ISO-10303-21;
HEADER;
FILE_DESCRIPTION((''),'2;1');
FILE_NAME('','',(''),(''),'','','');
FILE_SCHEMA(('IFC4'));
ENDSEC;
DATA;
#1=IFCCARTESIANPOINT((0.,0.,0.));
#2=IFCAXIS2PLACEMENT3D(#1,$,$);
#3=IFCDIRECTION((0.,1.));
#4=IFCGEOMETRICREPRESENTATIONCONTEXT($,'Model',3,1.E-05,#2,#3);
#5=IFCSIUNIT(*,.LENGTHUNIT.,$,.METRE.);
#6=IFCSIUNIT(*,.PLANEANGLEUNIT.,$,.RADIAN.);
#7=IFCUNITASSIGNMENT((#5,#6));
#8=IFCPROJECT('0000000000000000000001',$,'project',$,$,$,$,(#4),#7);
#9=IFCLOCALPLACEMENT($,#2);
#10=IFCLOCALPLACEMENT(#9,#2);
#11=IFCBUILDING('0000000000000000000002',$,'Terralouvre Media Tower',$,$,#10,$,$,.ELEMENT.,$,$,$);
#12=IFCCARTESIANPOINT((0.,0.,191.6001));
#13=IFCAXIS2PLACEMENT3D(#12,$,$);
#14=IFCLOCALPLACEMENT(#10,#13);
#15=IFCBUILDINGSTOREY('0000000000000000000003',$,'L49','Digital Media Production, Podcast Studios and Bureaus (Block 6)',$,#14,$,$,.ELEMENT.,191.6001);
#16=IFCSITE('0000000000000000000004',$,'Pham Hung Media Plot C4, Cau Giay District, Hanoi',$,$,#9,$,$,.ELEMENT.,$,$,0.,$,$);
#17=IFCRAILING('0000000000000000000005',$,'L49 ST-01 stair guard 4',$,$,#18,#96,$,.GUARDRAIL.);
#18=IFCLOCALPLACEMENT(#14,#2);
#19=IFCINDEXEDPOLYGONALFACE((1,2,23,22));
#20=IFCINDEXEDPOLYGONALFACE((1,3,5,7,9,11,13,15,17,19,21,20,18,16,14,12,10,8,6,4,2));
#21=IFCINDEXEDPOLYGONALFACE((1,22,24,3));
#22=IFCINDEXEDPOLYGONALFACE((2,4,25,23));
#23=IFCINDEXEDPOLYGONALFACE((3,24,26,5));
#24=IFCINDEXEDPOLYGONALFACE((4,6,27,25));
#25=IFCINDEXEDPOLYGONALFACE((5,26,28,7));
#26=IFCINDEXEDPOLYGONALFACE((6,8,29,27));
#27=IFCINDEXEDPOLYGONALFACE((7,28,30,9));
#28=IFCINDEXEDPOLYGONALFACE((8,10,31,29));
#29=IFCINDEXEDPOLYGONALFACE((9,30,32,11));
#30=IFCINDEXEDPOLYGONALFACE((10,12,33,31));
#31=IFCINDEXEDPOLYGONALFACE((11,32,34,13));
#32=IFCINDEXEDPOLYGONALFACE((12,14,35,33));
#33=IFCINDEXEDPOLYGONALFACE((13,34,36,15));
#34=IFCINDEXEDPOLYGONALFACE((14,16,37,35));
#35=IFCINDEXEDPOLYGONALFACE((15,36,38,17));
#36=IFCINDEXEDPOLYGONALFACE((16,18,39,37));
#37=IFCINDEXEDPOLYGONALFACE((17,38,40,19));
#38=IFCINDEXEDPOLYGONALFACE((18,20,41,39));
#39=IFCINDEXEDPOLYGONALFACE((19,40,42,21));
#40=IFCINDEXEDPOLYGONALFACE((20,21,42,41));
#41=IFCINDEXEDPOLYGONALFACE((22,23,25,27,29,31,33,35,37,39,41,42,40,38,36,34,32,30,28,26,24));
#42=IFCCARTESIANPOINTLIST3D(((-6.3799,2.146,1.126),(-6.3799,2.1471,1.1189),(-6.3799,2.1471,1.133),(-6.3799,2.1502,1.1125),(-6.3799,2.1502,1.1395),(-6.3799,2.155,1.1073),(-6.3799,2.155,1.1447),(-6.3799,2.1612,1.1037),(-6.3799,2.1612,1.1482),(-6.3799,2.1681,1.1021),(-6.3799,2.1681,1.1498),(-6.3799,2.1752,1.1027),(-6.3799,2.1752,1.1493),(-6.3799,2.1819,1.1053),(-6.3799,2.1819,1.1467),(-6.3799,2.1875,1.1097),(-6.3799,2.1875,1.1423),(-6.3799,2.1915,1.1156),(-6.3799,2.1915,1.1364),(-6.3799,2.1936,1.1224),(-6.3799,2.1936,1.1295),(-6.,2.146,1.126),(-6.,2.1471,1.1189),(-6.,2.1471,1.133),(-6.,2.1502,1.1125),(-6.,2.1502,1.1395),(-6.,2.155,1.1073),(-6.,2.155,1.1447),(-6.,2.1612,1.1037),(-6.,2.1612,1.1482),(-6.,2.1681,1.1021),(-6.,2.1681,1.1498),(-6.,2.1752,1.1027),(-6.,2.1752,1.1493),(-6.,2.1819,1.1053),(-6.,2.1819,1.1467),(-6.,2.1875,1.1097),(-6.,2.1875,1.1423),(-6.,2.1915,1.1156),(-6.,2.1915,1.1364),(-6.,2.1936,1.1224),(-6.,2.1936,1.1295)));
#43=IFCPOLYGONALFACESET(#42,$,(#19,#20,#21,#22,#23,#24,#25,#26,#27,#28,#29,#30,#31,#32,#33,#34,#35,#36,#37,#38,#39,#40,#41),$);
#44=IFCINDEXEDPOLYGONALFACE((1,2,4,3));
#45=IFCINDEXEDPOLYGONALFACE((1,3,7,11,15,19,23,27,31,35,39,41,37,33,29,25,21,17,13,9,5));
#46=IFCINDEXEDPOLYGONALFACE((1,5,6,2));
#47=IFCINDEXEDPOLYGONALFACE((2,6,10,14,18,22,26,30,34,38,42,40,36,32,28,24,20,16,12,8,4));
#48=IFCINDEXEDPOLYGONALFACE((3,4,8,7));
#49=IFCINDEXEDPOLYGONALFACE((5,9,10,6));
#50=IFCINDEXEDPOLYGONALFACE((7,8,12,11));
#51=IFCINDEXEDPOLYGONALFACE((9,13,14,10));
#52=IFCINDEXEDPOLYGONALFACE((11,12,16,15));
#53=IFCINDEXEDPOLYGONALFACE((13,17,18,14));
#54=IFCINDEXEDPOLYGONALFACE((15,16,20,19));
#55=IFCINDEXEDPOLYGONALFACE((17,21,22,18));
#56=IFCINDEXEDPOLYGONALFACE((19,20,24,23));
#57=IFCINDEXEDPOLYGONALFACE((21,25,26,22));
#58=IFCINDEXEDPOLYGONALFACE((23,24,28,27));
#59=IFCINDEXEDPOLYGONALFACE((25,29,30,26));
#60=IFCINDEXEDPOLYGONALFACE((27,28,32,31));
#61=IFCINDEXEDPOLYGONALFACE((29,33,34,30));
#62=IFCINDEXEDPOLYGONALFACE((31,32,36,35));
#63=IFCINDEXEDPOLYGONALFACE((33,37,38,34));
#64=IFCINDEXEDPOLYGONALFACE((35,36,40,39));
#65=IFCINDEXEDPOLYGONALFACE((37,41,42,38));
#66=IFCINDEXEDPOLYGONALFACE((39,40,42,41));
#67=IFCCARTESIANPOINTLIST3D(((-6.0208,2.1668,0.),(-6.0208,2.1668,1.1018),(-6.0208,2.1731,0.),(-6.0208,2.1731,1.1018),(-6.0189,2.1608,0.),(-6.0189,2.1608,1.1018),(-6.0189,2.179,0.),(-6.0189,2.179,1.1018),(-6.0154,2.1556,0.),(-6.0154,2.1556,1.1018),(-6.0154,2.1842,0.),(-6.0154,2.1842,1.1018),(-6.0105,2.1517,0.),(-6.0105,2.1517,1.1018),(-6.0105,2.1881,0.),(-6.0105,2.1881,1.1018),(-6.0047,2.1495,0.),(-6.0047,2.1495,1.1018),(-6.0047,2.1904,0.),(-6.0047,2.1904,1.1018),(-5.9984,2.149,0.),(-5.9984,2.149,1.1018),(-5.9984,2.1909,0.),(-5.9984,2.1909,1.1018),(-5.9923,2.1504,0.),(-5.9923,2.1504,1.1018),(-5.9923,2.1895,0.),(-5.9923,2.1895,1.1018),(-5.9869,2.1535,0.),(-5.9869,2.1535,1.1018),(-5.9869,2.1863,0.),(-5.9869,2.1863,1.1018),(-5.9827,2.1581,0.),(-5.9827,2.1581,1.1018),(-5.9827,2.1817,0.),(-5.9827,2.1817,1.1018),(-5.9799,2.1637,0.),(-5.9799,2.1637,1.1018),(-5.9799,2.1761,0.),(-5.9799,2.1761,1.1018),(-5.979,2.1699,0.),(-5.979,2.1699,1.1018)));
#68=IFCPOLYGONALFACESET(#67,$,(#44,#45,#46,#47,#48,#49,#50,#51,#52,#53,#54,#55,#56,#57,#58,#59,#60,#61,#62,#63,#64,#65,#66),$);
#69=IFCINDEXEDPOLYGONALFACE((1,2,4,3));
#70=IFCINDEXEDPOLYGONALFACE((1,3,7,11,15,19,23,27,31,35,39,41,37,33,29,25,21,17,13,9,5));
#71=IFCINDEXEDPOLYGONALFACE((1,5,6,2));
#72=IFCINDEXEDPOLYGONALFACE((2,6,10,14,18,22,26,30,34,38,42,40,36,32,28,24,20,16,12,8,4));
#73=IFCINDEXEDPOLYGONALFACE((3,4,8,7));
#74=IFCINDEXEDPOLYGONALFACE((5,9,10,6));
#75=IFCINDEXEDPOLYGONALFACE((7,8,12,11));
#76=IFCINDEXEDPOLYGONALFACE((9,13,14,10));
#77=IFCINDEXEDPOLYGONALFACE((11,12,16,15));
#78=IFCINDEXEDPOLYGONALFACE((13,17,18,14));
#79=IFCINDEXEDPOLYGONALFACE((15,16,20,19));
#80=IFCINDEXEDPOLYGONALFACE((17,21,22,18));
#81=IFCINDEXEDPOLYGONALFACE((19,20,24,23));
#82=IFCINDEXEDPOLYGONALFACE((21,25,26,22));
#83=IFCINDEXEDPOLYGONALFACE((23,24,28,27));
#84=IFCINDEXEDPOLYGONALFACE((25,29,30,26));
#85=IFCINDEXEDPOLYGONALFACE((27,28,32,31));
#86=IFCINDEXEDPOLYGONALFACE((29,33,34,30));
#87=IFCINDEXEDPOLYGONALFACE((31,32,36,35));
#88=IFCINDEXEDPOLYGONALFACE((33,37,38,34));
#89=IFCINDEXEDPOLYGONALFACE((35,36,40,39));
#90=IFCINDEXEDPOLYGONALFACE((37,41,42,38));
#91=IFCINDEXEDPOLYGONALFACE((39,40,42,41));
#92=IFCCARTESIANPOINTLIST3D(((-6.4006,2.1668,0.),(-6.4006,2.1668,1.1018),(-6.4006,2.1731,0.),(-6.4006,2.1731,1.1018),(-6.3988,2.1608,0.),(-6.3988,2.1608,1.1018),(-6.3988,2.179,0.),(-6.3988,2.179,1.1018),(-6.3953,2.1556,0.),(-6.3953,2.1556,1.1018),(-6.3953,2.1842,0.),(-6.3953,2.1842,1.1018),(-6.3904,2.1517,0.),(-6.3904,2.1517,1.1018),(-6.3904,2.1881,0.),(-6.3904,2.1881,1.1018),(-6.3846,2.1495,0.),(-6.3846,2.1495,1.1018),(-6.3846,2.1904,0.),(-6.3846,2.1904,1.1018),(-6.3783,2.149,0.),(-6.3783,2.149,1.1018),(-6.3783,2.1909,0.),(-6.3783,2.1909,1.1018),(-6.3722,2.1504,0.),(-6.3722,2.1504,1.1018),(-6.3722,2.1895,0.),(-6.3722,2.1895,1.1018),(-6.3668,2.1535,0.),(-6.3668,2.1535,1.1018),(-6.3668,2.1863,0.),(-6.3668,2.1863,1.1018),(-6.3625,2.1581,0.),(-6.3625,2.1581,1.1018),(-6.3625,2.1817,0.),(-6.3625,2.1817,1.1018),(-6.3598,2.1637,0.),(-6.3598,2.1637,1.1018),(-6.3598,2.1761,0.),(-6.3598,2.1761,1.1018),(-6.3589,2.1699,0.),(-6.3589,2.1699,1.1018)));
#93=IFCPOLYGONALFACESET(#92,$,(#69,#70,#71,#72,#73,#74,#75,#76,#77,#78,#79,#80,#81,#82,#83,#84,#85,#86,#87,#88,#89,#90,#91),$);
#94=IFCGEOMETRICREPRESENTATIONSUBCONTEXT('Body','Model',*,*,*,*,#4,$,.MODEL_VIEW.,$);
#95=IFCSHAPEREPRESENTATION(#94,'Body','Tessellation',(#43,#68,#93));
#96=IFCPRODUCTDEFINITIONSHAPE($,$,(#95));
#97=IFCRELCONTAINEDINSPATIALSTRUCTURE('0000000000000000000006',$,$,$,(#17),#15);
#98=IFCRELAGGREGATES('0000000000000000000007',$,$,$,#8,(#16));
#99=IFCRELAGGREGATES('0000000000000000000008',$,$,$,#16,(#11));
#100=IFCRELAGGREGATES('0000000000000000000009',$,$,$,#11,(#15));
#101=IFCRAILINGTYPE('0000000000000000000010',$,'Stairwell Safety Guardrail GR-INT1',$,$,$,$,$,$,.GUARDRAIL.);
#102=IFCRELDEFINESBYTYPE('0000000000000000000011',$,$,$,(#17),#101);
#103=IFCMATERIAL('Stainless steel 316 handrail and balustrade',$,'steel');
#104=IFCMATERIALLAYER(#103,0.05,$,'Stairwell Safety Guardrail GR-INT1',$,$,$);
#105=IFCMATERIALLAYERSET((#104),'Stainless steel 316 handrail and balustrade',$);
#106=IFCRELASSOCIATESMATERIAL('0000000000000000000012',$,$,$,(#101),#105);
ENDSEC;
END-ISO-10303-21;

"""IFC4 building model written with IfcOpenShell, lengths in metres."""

from ifc_helpers import new_model, si_unit, direction, frame, origin, origin_2d, place, context, subcontext, project, spatial, circle, extrude, material, layer, layer_set, type_object, element, save


model = new_model("IFC4")

# Units and contexts
model_context = context("Model", 3, precision=1e-05, world=origin(), true_north=direction((0.0, 1.0)))
body_context = subcontext(model_context, "Body", "Model", "MODEL_VIEW")
ifc_project = project(units=[si_unit("LENGTHUNIT", "METRE"), si_unit("PLANEANGLEUNIT", "RADIAN")], contexts=[model_context])

# Site, building, storey
site_placement = place(None, origin())
site = spatial("IfcSite", under=ifc_project, at=site_placement, Name="Pham Hung Media Plot C4, Cau Giay District, Hanoi", CompositionType="ELEMENT", RefElevation=0.0)
building_placement = place(site_placement, origin())
building = spatial("IfcBuilding", under=site, at=building_placement, Name="Terralouvre Media Tower", CompositionType="ELEMENT")
storey_placement = place(building_placement, frame((0.0, 0.0, 191.6001)))
storey = spatial("IfcBuildingStorey", under=building, at=storey_placement, Name="L49", Description="Digital Media Production, Podcast Studios and Bureaus (Block 6)", CompositionType="ELEMENT", Elevation=191.6001)

# Railing
ifc_material_1 = material(Name="Stainless steel 316 handrail and balustrade", Category="steel")
ifc_layer_1 = layer(ifc_material_1, 0.05, Name="Stairwell Safety Guardrail GR-INT1")
ifc_layer_set_1 = layer_set([ifc_layer_1], Name="Stainless steel 316 handrail and balustrade")
railing_type_1 = type_object("IfcRailingType", Name="Stairwell Safety Guardrail GR-INT1", PredefinedType="GUARDRAIL", material=ifc_layer_set_1)
railing_1_placement = place(storey_placement, frame((-6.0, 2.1699, 0.0)))
element("IfcRailing", 1, at=railing_1_placement, inside=storey, type_object=railing_type_1, Name="L49 ST-01 stair guard 4", PredefinedType="GUARDRAIL", context=body_context, shape_type="SweptSolid", body=[
    extrude(circle(Radius=0.0239, at=origin_2d()), frame((0.0, 0.0, 1.126), z_axis=(-1.0, 0.0, 0.0), x_axis=(0.0, -1.0, 0.0)), (0.0, 0.0, 1.0), 0.3799),
    extrude(circle(Radius=0.021, at=origin_2d()), origin(), (0.0, 0.0, 1.0), 1.1018),
    extrude(circle(Radius=0.021, at=origin_2d()), frame((-0.3799, 0.0, 0.0)), (0.0, 0.0, 1.0), 1.1018),
])

save(model, "model.ifc")
